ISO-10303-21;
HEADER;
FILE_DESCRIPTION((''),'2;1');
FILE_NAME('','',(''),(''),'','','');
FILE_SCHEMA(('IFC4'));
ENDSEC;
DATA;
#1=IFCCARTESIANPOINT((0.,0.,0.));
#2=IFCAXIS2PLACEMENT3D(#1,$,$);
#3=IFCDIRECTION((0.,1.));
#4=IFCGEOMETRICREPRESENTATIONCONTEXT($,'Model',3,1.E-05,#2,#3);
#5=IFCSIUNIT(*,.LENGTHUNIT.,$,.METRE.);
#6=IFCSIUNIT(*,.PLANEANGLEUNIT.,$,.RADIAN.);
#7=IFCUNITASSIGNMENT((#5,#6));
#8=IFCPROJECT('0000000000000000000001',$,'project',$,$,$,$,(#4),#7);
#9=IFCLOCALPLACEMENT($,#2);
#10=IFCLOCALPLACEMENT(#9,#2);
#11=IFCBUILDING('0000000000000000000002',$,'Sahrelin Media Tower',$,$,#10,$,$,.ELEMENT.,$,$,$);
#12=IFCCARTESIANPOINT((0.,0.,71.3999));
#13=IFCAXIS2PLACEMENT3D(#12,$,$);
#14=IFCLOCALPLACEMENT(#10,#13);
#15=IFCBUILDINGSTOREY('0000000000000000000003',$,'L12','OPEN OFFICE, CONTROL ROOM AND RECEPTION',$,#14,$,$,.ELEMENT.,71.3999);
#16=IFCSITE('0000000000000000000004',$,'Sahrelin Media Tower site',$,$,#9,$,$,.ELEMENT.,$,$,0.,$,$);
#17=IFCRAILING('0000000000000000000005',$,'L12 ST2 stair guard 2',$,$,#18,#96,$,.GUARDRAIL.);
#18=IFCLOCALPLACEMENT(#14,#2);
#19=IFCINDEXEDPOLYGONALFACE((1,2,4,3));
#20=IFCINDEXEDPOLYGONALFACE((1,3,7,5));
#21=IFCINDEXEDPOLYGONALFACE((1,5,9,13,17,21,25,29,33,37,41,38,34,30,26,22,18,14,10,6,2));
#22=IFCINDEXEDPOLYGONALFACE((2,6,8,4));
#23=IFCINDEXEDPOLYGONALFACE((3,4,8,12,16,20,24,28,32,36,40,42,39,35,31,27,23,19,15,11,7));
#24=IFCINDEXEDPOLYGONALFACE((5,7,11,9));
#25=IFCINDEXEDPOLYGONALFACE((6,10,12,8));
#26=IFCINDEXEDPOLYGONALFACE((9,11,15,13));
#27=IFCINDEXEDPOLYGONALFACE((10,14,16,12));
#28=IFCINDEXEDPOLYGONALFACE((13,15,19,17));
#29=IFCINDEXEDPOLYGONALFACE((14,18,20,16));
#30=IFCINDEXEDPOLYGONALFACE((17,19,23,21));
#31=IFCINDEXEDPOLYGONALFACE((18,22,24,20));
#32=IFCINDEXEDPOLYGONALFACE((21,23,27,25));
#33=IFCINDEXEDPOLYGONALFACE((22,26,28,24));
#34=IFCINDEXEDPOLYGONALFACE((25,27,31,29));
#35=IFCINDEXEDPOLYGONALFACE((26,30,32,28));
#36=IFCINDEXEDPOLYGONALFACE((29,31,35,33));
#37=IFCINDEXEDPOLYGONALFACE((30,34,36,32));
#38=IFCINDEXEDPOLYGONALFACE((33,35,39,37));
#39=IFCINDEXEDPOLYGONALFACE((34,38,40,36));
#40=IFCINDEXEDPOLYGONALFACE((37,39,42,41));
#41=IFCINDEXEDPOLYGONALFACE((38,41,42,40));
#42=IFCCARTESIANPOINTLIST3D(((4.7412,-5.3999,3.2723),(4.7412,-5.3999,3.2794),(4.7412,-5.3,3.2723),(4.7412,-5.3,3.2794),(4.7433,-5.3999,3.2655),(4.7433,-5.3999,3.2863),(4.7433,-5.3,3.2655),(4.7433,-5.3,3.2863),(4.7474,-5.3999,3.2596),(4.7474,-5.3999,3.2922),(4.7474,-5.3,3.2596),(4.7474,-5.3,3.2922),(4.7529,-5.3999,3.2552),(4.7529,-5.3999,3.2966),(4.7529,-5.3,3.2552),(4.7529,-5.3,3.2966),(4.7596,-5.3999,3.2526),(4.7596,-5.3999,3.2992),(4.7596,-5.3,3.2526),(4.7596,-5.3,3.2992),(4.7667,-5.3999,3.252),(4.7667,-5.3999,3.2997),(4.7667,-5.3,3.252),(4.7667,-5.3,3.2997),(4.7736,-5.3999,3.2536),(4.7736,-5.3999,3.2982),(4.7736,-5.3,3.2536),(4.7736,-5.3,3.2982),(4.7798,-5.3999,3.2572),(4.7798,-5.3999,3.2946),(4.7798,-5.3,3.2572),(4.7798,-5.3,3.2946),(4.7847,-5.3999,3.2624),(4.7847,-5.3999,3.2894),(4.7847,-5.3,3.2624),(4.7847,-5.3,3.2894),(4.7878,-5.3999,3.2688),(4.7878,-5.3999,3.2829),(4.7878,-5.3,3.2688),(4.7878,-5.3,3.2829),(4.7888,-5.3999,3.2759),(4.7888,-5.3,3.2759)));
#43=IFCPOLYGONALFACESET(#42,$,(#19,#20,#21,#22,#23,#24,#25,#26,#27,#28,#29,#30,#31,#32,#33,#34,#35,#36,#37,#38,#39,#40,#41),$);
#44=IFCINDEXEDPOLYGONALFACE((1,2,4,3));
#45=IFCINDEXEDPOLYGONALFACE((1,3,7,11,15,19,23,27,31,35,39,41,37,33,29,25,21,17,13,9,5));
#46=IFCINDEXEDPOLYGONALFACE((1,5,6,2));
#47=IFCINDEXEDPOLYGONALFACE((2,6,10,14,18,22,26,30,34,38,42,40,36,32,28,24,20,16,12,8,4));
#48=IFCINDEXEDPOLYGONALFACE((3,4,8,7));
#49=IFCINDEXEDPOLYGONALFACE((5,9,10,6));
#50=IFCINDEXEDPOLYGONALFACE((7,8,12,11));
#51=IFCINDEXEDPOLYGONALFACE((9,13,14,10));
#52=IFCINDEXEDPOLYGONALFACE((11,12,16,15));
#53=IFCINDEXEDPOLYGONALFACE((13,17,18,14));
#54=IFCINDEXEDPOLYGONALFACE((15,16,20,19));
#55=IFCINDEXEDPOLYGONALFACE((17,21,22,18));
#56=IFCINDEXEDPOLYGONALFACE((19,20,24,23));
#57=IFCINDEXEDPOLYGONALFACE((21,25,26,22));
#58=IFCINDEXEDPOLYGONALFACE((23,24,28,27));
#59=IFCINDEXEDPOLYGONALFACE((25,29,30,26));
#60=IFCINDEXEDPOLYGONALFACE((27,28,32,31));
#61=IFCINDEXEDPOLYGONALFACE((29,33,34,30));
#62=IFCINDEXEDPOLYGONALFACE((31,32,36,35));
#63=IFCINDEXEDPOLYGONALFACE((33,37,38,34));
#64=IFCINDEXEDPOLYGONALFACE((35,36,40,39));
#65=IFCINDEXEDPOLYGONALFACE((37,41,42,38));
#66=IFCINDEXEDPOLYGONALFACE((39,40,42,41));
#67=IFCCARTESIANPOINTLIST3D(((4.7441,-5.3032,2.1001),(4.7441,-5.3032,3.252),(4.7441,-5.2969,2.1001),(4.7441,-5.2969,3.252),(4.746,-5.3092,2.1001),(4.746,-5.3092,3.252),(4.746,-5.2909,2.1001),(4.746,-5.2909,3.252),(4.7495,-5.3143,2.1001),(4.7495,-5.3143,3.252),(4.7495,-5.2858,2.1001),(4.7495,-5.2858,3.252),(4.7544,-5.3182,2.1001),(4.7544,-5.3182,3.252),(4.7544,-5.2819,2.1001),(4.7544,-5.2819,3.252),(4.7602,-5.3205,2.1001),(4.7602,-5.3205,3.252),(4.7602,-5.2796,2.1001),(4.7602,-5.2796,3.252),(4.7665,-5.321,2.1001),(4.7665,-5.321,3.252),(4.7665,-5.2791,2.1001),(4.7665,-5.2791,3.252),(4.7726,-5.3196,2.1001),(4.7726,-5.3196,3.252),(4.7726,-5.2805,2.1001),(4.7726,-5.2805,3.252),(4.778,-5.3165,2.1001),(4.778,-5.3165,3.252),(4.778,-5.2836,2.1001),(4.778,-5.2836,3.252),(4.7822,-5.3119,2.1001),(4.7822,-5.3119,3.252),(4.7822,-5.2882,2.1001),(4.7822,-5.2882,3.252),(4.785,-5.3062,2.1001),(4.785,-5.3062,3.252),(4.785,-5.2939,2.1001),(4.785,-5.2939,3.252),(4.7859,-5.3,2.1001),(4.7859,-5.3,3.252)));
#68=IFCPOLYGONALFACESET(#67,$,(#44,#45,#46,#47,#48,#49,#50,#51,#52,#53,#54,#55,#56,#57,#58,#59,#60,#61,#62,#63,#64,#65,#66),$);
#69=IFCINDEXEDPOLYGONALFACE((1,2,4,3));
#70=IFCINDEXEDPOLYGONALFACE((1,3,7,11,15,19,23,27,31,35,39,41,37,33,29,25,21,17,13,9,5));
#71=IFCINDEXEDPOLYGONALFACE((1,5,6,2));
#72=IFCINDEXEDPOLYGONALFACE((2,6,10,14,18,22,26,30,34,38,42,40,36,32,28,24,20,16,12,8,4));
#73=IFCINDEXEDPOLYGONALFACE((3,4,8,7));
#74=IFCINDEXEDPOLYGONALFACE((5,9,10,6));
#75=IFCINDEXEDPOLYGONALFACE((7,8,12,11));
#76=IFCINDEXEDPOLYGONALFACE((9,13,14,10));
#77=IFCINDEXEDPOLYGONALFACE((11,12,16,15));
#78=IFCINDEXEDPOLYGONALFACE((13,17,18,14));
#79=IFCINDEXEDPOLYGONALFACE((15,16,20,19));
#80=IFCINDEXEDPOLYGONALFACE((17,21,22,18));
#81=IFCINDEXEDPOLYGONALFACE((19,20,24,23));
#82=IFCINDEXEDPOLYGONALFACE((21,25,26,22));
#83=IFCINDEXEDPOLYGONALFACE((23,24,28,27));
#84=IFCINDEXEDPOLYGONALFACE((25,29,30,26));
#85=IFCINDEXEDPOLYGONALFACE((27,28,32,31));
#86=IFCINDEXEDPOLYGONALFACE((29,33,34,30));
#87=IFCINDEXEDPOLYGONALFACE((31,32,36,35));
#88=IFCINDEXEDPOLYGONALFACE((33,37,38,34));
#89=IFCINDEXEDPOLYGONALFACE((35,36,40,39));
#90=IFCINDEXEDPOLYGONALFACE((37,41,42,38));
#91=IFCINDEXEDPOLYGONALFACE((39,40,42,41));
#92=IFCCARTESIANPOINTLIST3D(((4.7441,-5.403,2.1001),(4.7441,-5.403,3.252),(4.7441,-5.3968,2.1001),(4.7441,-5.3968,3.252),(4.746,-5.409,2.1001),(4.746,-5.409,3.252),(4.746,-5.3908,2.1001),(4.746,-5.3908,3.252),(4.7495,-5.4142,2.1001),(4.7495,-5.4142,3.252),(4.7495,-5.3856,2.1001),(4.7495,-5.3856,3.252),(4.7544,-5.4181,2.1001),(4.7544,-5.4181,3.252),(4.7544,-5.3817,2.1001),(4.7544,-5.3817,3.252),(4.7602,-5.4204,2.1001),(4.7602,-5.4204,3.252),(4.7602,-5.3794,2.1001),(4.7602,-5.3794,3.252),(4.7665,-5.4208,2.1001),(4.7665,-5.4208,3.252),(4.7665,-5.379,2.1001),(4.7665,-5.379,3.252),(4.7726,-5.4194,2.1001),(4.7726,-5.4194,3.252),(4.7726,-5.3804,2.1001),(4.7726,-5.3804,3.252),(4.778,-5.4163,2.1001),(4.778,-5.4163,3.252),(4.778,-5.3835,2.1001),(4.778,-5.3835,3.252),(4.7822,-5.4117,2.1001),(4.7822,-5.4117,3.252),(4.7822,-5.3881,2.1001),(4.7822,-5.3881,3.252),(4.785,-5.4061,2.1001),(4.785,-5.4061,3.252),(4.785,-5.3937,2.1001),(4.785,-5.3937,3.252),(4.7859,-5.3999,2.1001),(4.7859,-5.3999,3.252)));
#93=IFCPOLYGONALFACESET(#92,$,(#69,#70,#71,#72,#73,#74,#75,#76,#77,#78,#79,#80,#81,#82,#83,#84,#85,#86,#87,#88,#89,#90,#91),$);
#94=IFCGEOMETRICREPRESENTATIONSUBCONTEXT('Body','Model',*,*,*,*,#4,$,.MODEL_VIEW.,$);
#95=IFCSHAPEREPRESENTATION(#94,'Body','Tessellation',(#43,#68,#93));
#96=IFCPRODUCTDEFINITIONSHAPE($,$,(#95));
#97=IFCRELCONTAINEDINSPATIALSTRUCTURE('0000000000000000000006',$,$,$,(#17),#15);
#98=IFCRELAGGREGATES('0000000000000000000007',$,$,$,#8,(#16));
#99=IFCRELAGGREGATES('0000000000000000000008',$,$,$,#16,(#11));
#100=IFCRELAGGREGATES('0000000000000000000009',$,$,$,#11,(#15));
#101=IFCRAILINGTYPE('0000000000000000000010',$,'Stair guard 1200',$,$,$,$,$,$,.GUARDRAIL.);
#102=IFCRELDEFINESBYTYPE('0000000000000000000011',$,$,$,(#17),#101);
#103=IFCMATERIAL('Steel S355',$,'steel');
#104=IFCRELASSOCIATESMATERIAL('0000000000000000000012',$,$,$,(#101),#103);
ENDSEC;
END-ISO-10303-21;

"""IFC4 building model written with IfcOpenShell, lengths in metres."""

from ifc_helpers import new_model, si_unit, direction, frame, origin, origin_2d, place, context, subcontext, project, spatial, circle, extrude, material, type_object, element, save


model = new_model("IFC4")

# Units and contexts
model_context = context("Model", 3, precision=1e-05, world=origin(), true_north=direction((0.0, 1.0)))
body_context = subcontext(model_context, "Body", "Model", "MODEL_VIEW")
ifc_project = project(units=[si_unit("LENGTHUNIT", "METRE"), si_unit("PLANEANGLEUNIT", "RADIAN")], contexts=[model_context])

# Site, building, storey
site_placement = place(None, origin())
site = spatial("IfcSite", under=ifc_project, at=site_placement, Name="Sahrelin Media Tower site", CompositionType="ELEMENT", RefElevation=0.0)
building_placement = place(site_placement, origin())
building = spatial("IfcBuilding", under=site, at=building_placement, Name="Sahrelin Media Tower", CompositionType="ELEMENT")
storey_placement = place(building_placement, frame((0.0, 0.0, 71.3999)))
storey = spatial("IfcBuildingStorey", under=building, at=storey_placement, Name="L12", Description="OPEN OFFICE, CONTROL ROOM AND RECEPTION", CompositionType="ELEMENT", Elevation=71.3999)

# Shared definitions
ifc_material_1 = material(Name="Steel S355", Category="steel")

# Railing
railing_type_1 = type_object("IfcRailingType", Name="Stair guard 1200", PredefinedType="GUARDRAIL", material=ifc_material_1)
railing_1_placement = place(storey_placement, frame((4.7649, -5.3, 2.1001)))
element("IfcRailing", 1, at=railing_1_placement, inside=storey, type_object=railing_type_1, Name="L12 ST2 stair guard 2", PredefinedType="GUARDRAIL", context=body_context, shape_type="SweptSolid", body=[
    extrude(circle(Radius=0.0239, at=origin_2d()), frame((0.0, 0.0, 1.1758), z_axis=(0.0, -1.0, 0.0), x_axis=(1.0, 0.0, 0.0)), (0.0, 0.0, 1.0), 0.0999),
    extrude(circle(Radius=0.021, at=origin_2d()), origin(), (0.0, 0.0, 1.0), 1.1519),
    extrude(circle(Radius=0.021, at=origin_2d()), frame((0.0, -0.0999, 0.0)), (0.0, 0.0, 1.0), 1.1519),
])

save(model, "model.ifc")
